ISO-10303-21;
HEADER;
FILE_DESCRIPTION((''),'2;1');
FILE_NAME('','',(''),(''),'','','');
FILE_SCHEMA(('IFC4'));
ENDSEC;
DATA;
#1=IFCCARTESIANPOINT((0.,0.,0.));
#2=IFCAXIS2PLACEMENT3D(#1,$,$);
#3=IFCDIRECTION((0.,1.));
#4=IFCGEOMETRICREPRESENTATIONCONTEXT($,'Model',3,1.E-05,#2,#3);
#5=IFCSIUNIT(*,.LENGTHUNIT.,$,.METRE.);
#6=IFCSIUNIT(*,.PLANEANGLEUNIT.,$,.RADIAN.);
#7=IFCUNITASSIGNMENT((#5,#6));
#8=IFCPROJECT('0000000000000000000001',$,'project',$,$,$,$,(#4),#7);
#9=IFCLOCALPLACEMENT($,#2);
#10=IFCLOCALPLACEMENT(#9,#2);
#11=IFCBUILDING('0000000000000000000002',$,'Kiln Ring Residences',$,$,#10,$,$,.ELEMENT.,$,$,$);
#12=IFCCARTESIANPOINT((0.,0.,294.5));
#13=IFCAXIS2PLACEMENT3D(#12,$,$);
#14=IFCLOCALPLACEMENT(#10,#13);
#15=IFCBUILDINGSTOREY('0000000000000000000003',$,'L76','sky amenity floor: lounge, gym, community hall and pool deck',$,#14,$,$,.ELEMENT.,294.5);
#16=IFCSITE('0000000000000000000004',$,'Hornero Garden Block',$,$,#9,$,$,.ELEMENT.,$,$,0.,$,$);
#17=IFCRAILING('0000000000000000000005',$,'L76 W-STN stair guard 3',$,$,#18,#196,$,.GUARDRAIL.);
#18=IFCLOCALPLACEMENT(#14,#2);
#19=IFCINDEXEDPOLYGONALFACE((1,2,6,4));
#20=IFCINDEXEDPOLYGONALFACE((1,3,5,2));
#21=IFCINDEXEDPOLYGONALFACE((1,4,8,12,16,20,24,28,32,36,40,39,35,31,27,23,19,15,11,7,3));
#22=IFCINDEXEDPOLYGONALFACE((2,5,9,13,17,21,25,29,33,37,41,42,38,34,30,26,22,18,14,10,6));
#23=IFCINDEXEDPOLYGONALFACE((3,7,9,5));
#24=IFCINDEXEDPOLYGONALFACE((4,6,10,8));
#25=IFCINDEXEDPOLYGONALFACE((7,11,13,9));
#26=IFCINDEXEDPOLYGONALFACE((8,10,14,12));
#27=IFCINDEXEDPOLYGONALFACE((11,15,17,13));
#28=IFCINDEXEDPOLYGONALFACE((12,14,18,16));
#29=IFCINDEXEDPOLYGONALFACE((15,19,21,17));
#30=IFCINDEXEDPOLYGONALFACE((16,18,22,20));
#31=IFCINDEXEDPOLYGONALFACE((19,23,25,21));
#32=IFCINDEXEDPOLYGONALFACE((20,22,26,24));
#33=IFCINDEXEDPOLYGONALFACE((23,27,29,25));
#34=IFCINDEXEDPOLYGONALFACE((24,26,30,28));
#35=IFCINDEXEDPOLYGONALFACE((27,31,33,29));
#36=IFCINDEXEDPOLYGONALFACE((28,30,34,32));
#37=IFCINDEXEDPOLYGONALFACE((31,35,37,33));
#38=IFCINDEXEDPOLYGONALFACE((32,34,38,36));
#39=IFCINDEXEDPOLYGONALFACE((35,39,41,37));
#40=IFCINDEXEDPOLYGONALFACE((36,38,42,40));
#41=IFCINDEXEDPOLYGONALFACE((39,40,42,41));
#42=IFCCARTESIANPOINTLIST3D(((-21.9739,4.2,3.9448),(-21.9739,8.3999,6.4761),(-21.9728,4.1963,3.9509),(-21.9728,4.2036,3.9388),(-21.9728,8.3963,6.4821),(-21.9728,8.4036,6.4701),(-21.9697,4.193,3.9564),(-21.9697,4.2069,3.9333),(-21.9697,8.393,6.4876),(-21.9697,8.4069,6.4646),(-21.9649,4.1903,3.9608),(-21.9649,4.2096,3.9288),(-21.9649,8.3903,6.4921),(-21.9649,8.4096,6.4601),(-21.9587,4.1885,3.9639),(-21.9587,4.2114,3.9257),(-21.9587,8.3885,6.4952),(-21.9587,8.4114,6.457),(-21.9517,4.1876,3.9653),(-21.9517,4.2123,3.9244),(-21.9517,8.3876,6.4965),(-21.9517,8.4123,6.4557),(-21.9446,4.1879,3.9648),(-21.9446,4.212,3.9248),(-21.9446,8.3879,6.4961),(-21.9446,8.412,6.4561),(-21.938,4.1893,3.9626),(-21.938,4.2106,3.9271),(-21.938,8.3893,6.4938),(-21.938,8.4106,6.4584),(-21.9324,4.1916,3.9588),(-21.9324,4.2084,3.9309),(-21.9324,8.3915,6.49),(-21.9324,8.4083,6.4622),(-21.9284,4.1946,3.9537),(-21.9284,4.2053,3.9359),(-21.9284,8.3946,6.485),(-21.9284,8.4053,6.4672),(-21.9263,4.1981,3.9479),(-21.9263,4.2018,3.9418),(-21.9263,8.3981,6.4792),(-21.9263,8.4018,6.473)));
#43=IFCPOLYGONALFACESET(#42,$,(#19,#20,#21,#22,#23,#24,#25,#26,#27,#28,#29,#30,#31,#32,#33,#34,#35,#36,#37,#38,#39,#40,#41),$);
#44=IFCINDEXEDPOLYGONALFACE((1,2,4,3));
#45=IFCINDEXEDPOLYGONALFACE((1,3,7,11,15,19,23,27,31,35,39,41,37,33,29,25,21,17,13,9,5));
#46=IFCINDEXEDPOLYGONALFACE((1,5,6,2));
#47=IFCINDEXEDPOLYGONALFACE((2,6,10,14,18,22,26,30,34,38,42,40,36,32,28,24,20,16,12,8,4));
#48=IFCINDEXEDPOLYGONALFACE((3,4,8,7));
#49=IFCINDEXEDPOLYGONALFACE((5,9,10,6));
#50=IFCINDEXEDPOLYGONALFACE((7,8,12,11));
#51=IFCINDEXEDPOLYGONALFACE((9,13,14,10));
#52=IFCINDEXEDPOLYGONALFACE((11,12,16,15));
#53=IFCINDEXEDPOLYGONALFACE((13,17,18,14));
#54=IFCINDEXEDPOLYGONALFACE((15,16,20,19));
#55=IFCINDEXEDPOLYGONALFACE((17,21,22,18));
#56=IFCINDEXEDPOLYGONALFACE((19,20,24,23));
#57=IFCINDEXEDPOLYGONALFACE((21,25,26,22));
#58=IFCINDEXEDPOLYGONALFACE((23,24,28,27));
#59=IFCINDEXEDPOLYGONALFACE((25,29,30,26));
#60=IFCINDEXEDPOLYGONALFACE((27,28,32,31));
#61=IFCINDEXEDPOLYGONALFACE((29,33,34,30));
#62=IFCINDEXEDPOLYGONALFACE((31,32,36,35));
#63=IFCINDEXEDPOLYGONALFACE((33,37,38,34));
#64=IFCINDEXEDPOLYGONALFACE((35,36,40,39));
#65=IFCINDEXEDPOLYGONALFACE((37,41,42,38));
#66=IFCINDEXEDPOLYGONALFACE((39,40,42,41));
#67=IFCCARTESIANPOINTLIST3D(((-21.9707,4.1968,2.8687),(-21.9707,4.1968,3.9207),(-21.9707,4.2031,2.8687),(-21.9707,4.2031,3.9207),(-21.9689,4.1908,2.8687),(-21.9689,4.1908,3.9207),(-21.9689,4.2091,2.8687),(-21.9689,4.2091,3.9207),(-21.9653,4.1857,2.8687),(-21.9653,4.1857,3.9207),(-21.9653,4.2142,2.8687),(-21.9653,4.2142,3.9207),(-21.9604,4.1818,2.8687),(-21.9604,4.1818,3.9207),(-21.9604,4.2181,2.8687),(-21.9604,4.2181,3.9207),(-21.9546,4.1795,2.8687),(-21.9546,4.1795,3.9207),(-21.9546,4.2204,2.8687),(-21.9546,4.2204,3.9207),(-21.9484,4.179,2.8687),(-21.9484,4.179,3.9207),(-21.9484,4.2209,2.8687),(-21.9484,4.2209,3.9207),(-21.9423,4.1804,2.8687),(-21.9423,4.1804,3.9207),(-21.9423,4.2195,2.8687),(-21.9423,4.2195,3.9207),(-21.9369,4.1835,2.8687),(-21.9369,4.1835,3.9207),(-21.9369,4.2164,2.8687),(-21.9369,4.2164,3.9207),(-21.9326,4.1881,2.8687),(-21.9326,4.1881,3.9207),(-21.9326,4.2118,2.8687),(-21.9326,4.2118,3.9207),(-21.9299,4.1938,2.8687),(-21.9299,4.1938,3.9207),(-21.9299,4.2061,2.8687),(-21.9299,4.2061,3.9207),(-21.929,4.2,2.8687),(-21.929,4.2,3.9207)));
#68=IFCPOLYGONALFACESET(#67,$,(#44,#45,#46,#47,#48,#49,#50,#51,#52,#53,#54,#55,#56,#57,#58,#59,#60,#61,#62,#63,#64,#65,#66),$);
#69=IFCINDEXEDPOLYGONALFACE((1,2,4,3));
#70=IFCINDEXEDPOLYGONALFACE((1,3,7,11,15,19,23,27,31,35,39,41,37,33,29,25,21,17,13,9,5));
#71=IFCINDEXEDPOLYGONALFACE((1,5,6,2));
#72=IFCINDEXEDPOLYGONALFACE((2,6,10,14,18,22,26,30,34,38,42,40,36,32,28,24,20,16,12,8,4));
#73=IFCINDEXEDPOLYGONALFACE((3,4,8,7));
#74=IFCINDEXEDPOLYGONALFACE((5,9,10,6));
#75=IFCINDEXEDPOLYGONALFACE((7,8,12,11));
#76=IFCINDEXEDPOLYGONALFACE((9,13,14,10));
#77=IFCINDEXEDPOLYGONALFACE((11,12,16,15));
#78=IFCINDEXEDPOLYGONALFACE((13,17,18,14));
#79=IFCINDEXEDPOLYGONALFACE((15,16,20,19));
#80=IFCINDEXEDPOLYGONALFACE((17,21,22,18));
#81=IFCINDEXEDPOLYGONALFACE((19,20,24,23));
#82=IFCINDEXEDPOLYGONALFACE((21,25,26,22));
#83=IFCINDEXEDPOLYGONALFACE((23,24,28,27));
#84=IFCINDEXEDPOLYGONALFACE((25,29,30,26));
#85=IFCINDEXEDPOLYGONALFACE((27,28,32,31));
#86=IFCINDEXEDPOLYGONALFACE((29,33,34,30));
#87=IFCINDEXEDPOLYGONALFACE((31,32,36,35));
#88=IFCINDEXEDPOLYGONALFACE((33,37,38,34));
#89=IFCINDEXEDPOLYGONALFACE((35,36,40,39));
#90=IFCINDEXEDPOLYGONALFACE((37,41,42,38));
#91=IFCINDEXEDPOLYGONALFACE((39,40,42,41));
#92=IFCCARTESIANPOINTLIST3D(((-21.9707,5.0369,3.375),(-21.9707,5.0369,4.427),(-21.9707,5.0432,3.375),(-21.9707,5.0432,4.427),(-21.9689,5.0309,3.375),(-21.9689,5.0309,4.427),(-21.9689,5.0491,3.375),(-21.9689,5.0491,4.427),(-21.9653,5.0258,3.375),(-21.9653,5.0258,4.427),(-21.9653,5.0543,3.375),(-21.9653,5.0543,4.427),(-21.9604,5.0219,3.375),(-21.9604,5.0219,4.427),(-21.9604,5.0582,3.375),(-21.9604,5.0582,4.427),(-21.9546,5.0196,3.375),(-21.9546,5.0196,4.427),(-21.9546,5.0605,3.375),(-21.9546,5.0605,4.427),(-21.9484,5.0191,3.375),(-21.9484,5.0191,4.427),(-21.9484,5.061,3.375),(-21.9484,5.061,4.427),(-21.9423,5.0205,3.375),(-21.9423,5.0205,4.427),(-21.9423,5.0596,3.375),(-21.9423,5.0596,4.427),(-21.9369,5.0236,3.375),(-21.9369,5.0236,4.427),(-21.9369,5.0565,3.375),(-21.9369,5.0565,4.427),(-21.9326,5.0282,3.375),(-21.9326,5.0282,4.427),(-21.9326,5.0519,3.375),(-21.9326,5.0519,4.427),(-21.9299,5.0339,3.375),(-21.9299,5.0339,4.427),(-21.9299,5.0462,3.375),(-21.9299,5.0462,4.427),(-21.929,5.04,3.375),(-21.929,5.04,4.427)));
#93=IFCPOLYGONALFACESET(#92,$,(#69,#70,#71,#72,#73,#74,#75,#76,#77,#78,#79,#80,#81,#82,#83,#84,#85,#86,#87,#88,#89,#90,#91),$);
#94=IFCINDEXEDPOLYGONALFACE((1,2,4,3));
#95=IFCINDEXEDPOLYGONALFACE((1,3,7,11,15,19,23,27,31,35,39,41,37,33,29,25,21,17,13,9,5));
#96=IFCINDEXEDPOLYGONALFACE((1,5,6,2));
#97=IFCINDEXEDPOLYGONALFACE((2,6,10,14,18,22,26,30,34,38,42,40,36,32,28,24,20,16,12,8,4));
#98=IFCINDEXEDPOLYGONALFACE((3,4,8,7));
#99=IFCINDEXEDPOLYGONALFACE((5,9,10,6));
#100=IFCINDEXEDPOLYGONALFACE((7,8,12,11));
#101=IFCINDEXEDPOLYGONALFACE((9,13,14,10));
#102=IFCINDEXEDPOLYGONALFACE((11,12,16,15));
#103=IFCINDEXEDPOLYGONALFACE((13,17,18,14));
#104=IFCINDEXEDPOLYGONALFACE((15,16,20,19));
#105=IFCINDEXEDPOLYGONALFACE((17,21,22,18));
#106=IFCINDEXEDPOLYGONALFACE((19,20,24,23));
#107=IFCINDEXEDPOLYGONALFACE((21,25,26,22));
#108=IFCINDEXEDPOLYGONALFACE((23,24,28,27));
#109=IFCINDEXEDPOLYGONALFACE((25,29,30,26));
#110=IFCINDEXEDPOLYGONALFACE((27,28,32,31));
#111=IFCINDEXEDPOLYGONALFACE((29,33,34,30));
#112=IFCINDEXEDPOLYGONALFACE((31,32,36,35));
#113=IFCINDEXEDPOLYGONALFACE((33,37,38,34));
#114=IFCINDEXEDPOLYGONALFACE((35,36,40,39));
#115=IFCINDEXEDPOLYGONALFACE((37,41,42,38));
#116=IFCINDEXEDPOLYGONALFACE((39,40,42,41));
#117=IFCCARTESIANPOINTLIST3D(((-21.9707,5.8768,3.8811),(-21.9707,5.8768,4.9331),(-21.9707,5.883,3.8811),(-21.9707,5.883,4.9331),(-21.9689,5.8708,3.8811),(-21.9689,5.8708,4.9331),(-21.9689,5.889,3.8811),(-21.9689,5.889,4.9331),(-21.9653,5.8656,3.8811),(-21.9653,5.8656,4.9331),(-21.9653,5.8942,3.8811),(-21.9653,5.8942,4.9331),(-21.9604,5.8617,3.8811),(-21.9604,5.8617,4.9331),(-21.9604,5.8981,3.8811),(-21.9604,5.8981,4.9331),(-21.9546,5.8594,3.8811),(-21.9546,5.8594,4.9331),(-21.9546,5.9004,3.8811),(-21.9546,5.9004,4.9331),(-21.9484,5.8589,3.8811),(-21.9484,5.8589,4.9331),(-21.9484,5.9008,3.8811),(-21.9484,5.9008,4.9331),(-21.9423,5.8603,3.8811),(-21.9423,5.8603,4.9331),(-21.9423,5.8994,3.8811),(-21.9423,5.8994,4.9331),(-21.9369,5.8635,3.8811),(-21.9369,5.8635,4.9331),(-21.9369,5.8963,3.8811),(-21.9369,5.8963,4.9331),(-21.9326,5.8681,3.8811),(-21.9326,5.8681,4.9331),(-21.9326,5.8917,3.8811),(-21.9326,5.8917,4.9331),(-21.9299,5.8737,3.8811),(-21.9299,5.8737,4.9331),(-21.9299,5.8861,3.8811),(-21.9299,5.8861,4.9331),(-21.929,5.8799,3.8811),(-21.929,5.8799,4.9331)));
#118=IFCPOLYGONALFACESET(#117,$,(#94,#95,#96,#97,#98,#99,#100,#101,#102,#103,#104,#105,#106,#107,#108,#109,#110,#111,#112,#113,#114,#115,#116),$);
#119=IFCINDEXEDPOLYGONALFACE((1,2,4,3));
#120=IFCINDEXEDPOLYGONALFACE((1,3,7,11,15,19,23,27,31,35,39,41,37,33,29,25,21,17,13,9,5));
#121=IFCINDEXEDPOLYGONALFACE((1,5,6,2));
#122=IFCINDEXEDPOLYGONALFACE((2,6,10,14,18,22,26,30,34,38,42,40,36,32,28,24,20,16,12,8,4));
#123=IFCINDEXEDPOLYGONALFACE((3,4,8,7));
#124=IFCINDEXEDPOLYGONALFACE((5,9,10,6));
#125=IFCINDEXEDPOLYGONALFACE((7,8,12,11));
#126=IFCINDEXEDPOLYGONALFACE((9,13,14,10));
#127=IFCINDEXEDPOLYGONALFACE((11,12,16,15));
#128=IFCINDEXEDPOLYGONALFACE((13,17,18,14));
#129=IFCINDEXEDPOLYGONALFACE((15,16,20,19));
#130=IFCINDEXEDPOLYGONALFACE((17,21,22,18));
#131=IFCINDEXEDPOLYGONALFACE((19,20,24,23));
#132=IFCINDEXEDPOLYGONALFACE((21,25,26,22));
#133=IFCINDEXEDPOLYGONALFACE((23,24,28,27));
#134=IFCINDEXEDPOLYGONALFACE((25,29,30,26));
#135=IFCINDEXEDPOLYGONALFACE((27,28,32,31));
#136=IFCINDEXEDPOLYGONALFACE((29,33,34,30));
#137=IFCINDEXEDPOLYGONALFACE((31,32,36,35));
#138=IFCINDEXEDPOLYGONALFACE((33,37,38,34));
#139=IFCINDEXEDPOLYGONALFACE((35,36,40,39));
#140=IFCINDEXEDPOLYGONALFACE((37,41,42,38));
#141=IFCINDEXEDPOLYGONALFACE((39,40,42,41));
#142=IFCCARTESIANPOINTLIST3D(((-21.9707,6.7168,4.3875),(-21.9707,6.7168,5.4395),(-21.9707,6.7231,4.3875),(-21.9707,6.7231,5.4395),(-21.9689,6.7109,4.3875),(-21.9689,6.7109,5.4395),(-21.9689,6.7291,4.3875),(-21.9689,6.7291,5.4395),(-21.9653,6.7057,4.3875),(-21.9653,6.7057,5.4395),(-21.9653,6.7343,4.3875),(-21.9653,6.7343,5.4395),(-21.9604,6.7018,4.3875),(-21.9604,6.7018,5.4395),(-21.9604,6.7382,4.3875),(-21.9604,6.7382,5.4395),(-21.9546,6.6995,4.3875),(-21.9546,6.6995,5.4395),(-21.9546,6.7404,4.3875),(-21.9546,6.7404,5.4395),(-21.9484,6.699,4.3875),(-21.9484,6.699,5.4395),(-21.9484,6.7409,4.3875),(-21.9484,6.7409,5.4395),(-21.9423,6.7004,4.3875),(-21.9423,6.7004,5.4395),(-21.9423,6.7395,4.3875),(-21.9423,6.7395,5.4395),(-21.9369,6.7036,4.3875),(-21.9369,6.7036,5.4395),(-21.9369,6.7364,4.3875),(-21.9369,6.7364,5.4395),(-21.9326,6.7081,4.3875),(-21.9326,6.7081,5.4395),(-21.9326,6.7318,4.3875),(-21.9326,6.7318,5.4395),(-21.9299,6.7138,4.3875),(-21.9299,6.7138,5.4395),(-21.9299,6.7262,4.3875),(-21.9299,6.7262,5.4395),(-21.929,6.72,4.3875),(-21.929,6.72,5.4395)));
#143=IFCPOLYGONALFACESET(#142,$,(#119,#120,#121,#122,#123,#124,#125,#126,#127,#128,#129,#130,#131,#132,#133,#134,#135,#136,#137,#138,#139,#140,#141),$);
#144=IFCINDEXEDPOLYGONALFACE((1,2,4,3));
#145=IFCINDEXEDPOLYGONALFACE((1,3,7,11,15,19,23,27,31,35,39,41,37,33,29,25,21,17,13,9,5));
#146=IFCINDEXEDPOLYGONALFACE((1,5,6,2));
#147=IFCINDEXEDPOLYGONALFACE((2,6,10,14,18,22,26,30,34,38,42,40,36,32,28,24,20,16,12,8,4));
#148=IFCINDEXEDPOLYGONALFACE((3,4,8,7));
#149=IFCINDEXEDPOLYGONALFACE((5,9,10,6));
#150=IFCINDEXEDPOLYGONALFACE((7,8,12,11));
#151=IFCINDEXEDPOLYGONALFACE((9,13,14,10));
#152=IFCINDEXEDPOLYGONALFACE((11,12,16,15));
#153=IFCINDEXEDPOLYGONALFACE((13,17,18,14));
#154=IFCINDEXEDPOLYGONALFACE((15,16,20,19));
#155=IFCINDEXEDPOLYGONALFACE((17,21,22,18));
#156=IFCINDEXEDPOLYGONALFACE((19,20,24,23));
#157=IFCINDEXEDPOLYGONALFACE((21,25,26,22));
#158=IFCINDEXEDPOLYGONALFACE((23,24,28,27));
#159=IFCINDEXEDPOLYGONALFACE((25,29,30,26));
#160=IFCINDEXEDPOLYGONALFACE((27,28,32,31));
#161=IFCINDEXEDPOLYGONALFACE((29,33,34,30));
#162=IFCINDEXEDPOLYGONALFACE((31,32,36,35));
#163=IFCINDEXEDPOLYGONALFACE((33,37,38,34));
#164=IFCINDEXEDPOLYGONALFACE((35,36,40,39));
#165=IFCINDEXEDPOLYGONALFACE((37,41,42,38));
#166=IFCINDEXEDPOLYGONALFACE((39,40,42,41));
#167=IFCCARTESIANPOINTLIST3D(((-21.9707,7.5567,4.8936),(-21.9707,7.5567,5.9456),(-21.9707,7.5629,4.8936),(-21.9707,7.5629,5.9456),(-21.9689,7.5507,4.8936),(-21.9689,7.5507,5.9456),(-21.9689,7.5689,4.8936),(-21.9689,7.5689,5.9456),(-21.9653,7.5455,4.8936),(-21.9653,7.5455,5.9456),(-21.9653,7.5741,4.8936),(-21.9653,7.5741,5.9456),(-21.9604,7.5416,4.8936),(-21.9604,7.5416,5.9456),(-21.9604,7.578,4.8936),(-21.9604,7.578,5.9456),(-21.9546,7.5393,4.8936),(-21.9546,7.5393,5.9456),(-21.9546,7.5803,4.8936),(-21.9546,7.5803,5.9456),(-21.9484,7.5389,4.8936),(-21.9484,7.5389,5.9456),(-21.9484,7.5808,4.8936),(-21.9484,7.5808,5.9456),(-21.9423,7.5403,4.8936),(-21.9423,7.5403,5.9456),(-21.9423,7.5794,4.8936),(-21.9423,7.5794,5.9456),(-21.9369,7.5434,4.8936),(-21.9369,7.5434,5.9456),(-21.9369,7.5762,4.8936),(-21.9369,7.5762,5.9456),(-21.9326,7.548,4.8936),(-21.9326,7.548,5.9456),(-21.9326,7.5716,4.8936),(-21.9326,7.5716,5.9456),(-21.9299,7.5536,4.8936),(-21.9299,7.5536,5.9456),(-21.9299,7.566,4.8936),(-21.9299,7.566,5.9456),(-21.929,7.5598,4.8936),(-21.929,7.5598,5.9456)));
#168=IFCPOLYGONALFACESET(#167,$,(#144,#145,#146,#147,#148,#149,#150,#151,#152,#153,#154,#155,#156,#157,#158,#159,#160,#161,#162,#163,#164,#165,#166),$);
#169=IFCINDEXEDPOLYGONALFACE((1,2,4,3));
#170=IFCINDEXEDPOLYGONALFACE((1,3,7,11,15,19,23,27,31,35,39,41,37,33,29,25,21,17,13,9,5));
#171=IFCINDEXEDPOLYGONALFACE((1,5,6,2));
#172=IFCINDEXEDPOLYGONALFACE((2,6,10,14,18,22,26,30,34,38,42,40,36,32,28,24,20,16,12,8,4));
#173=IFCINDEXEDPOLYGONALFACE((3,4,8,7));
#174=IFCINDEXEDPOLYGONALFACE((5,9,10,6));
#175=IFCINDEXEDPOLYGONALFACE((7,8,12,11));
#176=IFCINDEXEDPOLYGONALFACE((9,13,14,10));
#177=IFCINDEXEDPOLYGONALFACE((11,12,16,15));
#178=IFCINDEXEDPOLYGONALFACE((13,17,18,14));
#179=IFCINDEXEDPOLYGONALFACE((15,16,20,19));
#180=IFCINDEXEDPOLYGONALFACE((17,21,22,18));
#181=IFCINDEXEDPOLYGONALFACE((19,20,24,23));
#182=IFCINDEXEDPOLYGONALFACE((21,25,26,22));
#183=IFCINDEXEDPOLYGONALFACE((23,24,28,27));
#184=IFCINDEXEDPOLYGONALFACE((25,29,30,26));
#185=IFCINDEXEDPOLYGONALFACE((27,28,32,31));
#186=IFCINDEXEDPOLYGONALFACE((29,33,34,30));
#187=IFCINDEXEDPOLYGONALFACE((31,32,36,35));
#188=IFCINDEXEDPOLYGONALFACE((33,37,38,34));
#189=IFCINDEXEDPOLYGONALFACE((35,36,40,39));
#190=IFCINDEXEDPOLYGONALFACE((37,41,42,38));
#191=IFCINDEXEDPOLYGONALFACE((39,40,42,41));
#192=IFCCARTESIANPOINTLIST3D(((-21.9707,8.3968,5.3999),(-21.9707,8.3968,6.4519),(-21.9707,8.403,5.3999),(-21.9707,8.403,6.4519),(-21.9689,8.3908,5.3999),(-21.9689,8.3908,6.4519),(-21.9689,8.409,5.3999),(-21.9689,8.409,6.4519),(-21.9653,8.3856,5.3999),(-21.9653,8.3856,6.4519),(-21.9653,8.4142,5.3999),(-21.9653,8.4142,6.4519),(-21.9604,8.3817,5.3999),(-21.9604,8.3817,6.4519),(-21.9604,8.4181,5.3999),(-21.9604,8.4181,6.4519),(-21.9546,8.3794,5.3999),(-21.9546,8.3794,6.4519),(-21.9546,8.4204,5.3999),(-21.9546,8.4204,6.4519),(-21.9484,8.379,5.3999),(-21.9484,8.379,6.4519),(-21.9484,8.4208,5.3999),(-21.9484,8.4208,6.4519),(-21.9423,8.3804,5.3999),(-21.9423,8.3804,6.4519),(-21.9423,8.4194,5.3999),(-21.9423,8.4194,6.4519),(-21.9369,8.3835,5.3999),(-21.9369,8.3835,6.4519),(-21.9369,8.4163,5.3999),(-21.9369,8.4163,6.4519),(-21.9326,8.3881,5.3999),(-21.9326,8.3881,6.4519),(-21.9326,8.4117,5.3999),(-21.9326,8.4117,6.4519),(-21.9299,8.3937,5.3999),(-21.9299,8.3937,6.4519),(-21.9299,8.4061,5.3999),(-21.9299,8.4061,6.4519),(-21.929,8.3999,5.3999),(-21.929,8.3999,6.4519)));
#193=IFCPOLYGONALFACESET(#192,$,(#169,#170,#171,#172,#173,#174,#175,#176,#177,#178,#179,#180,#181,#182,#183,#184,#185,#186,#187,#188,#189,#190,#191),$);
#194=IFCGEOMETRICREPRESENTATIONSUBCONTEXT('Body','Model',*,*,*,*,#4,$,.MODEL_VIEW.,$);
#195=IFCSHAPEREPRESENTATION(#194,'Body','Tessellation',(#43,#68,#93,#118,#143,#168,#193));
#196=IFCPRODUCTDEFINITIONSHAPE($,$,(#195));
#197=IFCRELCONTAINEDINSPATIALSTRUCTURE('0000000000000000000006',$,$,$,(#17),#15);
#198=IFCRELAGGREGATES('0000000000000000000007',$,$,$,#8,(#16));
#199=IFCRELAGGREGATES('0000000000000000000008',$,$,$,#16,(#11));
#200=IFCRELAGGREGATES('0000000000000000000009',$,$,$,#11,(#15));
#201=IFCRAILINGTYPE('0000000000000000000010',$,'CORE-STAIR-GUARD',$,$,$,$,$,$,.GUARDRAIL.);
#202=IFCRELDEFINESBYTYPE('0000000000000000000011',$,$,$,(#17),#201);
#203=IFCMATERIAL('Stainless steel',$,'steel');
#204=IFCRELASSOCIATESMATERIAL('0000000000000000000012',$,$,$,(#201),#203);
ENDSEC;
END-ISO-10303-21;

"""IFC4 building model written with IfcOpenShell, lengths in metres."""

from ifc_helpers import new_model, si_unit, direction, frame, origin, origin_2d, place, context, subcontext, project, spatial, circle, extrude, material, type_object, element, save


model = new_model("IFC4")

# Units and contexts
model_context = context("Model", 3, precision=1e-05, world=origin(), true_north=direction((0.0, 1.0)))
body_context = subcontext(model_context, "Body", "Model", "MODEL_VIEW")
ifc_project = project(units=[si_unit("LENGTHUNIT", "METRE"), si_unit("PLANEANGLEUNIT", "RADIAN")], contexts=[model_context])

# Site, building, storey
site_placement = place(None, origin())
site = spatial("IfcSite", under=ifc_project, at=site_placement, Name="Hornero Garden Block", CompositionType="ELEMENT", RefElevation=0.0)
building_placement = place(site_placement, origin())
building = spatial("IfcBuilding", under=site, at=building_placement, Name="Kiln Ring Residences", CompositionType="ELEMENT")
storey_placement = place(building_placement, frame((0.0, 0.0, 294.5)))
storey = spatial("IfcBuildingStorey", under=building, at=storey_placement, Name="L76", Description="sky amenity floor: lounge, gym, community hall and pool deck", CompositionType="ELEMENT", Elevation=294.5)

# Railing
ifc_material_1 = material(Name="Stainless steel", Category="steel")
railing_type_1 = type_object("IfcRailingType", Name="CORE-STAIR-GUARD", PredefinedType="GUARDRAIL", material=ifc_material_1)
railing_1_placement = place(storey_placement, frame((-21.95, 4.2, 2.8687)))
element("IfcRailing", 1, at=railing_1_placement, inside=storey, type_object=railing_type_1, Name="L76 W-STN stair guard 3", PredefinedType="GUARDRAIL", context=body_context, shape_type="SweptSolid", body=[
    extrude(circle(Radius=0.0239, at=origin_2d()), frame((0.0, 0.0, 1.0762), z_axis=(0.0, 0.856476, 0.516186), x_axis=(-1.0, 0.0, 0.0)), (0.0, 0.0, 1.0), 4.9038),
    extrude(circle(Radius=0.021, at=origin_2d()), origin(), (0.0, 0.0, 1.0), 1.052),
    extrude(circle(Radius=0.021, at=origin_2d()), frame((0.0, 0.8401, 0.5063)), (0.0, 0.0, 1.0), 1.052),
    extrude(circle(Radius=0.021, at=origin_2d()), frame((0.0, 1.6799, 1.0125)), (0.0, 0.0, 1.0), 1.052),
    extrude(circle(Radius=0.021, at=origin_2d()), frame((0.0, 2.52, 1.5188)), (0.0, 0.0, 1.0), 1.052),
    extrude(circle(Radius=0.021, at=origin_2d()), frame((0.0, 3.3599, 2.0249)), (0.0, 0.0, 1.0), 1.052),
    extrude(circle(Radius=0.021, at=origin_2d()), frame((0.0, 4.2, 2.5312)), (0.0, 0.0, 1.0), 1.052),
])

save(model, "model.ifc")
